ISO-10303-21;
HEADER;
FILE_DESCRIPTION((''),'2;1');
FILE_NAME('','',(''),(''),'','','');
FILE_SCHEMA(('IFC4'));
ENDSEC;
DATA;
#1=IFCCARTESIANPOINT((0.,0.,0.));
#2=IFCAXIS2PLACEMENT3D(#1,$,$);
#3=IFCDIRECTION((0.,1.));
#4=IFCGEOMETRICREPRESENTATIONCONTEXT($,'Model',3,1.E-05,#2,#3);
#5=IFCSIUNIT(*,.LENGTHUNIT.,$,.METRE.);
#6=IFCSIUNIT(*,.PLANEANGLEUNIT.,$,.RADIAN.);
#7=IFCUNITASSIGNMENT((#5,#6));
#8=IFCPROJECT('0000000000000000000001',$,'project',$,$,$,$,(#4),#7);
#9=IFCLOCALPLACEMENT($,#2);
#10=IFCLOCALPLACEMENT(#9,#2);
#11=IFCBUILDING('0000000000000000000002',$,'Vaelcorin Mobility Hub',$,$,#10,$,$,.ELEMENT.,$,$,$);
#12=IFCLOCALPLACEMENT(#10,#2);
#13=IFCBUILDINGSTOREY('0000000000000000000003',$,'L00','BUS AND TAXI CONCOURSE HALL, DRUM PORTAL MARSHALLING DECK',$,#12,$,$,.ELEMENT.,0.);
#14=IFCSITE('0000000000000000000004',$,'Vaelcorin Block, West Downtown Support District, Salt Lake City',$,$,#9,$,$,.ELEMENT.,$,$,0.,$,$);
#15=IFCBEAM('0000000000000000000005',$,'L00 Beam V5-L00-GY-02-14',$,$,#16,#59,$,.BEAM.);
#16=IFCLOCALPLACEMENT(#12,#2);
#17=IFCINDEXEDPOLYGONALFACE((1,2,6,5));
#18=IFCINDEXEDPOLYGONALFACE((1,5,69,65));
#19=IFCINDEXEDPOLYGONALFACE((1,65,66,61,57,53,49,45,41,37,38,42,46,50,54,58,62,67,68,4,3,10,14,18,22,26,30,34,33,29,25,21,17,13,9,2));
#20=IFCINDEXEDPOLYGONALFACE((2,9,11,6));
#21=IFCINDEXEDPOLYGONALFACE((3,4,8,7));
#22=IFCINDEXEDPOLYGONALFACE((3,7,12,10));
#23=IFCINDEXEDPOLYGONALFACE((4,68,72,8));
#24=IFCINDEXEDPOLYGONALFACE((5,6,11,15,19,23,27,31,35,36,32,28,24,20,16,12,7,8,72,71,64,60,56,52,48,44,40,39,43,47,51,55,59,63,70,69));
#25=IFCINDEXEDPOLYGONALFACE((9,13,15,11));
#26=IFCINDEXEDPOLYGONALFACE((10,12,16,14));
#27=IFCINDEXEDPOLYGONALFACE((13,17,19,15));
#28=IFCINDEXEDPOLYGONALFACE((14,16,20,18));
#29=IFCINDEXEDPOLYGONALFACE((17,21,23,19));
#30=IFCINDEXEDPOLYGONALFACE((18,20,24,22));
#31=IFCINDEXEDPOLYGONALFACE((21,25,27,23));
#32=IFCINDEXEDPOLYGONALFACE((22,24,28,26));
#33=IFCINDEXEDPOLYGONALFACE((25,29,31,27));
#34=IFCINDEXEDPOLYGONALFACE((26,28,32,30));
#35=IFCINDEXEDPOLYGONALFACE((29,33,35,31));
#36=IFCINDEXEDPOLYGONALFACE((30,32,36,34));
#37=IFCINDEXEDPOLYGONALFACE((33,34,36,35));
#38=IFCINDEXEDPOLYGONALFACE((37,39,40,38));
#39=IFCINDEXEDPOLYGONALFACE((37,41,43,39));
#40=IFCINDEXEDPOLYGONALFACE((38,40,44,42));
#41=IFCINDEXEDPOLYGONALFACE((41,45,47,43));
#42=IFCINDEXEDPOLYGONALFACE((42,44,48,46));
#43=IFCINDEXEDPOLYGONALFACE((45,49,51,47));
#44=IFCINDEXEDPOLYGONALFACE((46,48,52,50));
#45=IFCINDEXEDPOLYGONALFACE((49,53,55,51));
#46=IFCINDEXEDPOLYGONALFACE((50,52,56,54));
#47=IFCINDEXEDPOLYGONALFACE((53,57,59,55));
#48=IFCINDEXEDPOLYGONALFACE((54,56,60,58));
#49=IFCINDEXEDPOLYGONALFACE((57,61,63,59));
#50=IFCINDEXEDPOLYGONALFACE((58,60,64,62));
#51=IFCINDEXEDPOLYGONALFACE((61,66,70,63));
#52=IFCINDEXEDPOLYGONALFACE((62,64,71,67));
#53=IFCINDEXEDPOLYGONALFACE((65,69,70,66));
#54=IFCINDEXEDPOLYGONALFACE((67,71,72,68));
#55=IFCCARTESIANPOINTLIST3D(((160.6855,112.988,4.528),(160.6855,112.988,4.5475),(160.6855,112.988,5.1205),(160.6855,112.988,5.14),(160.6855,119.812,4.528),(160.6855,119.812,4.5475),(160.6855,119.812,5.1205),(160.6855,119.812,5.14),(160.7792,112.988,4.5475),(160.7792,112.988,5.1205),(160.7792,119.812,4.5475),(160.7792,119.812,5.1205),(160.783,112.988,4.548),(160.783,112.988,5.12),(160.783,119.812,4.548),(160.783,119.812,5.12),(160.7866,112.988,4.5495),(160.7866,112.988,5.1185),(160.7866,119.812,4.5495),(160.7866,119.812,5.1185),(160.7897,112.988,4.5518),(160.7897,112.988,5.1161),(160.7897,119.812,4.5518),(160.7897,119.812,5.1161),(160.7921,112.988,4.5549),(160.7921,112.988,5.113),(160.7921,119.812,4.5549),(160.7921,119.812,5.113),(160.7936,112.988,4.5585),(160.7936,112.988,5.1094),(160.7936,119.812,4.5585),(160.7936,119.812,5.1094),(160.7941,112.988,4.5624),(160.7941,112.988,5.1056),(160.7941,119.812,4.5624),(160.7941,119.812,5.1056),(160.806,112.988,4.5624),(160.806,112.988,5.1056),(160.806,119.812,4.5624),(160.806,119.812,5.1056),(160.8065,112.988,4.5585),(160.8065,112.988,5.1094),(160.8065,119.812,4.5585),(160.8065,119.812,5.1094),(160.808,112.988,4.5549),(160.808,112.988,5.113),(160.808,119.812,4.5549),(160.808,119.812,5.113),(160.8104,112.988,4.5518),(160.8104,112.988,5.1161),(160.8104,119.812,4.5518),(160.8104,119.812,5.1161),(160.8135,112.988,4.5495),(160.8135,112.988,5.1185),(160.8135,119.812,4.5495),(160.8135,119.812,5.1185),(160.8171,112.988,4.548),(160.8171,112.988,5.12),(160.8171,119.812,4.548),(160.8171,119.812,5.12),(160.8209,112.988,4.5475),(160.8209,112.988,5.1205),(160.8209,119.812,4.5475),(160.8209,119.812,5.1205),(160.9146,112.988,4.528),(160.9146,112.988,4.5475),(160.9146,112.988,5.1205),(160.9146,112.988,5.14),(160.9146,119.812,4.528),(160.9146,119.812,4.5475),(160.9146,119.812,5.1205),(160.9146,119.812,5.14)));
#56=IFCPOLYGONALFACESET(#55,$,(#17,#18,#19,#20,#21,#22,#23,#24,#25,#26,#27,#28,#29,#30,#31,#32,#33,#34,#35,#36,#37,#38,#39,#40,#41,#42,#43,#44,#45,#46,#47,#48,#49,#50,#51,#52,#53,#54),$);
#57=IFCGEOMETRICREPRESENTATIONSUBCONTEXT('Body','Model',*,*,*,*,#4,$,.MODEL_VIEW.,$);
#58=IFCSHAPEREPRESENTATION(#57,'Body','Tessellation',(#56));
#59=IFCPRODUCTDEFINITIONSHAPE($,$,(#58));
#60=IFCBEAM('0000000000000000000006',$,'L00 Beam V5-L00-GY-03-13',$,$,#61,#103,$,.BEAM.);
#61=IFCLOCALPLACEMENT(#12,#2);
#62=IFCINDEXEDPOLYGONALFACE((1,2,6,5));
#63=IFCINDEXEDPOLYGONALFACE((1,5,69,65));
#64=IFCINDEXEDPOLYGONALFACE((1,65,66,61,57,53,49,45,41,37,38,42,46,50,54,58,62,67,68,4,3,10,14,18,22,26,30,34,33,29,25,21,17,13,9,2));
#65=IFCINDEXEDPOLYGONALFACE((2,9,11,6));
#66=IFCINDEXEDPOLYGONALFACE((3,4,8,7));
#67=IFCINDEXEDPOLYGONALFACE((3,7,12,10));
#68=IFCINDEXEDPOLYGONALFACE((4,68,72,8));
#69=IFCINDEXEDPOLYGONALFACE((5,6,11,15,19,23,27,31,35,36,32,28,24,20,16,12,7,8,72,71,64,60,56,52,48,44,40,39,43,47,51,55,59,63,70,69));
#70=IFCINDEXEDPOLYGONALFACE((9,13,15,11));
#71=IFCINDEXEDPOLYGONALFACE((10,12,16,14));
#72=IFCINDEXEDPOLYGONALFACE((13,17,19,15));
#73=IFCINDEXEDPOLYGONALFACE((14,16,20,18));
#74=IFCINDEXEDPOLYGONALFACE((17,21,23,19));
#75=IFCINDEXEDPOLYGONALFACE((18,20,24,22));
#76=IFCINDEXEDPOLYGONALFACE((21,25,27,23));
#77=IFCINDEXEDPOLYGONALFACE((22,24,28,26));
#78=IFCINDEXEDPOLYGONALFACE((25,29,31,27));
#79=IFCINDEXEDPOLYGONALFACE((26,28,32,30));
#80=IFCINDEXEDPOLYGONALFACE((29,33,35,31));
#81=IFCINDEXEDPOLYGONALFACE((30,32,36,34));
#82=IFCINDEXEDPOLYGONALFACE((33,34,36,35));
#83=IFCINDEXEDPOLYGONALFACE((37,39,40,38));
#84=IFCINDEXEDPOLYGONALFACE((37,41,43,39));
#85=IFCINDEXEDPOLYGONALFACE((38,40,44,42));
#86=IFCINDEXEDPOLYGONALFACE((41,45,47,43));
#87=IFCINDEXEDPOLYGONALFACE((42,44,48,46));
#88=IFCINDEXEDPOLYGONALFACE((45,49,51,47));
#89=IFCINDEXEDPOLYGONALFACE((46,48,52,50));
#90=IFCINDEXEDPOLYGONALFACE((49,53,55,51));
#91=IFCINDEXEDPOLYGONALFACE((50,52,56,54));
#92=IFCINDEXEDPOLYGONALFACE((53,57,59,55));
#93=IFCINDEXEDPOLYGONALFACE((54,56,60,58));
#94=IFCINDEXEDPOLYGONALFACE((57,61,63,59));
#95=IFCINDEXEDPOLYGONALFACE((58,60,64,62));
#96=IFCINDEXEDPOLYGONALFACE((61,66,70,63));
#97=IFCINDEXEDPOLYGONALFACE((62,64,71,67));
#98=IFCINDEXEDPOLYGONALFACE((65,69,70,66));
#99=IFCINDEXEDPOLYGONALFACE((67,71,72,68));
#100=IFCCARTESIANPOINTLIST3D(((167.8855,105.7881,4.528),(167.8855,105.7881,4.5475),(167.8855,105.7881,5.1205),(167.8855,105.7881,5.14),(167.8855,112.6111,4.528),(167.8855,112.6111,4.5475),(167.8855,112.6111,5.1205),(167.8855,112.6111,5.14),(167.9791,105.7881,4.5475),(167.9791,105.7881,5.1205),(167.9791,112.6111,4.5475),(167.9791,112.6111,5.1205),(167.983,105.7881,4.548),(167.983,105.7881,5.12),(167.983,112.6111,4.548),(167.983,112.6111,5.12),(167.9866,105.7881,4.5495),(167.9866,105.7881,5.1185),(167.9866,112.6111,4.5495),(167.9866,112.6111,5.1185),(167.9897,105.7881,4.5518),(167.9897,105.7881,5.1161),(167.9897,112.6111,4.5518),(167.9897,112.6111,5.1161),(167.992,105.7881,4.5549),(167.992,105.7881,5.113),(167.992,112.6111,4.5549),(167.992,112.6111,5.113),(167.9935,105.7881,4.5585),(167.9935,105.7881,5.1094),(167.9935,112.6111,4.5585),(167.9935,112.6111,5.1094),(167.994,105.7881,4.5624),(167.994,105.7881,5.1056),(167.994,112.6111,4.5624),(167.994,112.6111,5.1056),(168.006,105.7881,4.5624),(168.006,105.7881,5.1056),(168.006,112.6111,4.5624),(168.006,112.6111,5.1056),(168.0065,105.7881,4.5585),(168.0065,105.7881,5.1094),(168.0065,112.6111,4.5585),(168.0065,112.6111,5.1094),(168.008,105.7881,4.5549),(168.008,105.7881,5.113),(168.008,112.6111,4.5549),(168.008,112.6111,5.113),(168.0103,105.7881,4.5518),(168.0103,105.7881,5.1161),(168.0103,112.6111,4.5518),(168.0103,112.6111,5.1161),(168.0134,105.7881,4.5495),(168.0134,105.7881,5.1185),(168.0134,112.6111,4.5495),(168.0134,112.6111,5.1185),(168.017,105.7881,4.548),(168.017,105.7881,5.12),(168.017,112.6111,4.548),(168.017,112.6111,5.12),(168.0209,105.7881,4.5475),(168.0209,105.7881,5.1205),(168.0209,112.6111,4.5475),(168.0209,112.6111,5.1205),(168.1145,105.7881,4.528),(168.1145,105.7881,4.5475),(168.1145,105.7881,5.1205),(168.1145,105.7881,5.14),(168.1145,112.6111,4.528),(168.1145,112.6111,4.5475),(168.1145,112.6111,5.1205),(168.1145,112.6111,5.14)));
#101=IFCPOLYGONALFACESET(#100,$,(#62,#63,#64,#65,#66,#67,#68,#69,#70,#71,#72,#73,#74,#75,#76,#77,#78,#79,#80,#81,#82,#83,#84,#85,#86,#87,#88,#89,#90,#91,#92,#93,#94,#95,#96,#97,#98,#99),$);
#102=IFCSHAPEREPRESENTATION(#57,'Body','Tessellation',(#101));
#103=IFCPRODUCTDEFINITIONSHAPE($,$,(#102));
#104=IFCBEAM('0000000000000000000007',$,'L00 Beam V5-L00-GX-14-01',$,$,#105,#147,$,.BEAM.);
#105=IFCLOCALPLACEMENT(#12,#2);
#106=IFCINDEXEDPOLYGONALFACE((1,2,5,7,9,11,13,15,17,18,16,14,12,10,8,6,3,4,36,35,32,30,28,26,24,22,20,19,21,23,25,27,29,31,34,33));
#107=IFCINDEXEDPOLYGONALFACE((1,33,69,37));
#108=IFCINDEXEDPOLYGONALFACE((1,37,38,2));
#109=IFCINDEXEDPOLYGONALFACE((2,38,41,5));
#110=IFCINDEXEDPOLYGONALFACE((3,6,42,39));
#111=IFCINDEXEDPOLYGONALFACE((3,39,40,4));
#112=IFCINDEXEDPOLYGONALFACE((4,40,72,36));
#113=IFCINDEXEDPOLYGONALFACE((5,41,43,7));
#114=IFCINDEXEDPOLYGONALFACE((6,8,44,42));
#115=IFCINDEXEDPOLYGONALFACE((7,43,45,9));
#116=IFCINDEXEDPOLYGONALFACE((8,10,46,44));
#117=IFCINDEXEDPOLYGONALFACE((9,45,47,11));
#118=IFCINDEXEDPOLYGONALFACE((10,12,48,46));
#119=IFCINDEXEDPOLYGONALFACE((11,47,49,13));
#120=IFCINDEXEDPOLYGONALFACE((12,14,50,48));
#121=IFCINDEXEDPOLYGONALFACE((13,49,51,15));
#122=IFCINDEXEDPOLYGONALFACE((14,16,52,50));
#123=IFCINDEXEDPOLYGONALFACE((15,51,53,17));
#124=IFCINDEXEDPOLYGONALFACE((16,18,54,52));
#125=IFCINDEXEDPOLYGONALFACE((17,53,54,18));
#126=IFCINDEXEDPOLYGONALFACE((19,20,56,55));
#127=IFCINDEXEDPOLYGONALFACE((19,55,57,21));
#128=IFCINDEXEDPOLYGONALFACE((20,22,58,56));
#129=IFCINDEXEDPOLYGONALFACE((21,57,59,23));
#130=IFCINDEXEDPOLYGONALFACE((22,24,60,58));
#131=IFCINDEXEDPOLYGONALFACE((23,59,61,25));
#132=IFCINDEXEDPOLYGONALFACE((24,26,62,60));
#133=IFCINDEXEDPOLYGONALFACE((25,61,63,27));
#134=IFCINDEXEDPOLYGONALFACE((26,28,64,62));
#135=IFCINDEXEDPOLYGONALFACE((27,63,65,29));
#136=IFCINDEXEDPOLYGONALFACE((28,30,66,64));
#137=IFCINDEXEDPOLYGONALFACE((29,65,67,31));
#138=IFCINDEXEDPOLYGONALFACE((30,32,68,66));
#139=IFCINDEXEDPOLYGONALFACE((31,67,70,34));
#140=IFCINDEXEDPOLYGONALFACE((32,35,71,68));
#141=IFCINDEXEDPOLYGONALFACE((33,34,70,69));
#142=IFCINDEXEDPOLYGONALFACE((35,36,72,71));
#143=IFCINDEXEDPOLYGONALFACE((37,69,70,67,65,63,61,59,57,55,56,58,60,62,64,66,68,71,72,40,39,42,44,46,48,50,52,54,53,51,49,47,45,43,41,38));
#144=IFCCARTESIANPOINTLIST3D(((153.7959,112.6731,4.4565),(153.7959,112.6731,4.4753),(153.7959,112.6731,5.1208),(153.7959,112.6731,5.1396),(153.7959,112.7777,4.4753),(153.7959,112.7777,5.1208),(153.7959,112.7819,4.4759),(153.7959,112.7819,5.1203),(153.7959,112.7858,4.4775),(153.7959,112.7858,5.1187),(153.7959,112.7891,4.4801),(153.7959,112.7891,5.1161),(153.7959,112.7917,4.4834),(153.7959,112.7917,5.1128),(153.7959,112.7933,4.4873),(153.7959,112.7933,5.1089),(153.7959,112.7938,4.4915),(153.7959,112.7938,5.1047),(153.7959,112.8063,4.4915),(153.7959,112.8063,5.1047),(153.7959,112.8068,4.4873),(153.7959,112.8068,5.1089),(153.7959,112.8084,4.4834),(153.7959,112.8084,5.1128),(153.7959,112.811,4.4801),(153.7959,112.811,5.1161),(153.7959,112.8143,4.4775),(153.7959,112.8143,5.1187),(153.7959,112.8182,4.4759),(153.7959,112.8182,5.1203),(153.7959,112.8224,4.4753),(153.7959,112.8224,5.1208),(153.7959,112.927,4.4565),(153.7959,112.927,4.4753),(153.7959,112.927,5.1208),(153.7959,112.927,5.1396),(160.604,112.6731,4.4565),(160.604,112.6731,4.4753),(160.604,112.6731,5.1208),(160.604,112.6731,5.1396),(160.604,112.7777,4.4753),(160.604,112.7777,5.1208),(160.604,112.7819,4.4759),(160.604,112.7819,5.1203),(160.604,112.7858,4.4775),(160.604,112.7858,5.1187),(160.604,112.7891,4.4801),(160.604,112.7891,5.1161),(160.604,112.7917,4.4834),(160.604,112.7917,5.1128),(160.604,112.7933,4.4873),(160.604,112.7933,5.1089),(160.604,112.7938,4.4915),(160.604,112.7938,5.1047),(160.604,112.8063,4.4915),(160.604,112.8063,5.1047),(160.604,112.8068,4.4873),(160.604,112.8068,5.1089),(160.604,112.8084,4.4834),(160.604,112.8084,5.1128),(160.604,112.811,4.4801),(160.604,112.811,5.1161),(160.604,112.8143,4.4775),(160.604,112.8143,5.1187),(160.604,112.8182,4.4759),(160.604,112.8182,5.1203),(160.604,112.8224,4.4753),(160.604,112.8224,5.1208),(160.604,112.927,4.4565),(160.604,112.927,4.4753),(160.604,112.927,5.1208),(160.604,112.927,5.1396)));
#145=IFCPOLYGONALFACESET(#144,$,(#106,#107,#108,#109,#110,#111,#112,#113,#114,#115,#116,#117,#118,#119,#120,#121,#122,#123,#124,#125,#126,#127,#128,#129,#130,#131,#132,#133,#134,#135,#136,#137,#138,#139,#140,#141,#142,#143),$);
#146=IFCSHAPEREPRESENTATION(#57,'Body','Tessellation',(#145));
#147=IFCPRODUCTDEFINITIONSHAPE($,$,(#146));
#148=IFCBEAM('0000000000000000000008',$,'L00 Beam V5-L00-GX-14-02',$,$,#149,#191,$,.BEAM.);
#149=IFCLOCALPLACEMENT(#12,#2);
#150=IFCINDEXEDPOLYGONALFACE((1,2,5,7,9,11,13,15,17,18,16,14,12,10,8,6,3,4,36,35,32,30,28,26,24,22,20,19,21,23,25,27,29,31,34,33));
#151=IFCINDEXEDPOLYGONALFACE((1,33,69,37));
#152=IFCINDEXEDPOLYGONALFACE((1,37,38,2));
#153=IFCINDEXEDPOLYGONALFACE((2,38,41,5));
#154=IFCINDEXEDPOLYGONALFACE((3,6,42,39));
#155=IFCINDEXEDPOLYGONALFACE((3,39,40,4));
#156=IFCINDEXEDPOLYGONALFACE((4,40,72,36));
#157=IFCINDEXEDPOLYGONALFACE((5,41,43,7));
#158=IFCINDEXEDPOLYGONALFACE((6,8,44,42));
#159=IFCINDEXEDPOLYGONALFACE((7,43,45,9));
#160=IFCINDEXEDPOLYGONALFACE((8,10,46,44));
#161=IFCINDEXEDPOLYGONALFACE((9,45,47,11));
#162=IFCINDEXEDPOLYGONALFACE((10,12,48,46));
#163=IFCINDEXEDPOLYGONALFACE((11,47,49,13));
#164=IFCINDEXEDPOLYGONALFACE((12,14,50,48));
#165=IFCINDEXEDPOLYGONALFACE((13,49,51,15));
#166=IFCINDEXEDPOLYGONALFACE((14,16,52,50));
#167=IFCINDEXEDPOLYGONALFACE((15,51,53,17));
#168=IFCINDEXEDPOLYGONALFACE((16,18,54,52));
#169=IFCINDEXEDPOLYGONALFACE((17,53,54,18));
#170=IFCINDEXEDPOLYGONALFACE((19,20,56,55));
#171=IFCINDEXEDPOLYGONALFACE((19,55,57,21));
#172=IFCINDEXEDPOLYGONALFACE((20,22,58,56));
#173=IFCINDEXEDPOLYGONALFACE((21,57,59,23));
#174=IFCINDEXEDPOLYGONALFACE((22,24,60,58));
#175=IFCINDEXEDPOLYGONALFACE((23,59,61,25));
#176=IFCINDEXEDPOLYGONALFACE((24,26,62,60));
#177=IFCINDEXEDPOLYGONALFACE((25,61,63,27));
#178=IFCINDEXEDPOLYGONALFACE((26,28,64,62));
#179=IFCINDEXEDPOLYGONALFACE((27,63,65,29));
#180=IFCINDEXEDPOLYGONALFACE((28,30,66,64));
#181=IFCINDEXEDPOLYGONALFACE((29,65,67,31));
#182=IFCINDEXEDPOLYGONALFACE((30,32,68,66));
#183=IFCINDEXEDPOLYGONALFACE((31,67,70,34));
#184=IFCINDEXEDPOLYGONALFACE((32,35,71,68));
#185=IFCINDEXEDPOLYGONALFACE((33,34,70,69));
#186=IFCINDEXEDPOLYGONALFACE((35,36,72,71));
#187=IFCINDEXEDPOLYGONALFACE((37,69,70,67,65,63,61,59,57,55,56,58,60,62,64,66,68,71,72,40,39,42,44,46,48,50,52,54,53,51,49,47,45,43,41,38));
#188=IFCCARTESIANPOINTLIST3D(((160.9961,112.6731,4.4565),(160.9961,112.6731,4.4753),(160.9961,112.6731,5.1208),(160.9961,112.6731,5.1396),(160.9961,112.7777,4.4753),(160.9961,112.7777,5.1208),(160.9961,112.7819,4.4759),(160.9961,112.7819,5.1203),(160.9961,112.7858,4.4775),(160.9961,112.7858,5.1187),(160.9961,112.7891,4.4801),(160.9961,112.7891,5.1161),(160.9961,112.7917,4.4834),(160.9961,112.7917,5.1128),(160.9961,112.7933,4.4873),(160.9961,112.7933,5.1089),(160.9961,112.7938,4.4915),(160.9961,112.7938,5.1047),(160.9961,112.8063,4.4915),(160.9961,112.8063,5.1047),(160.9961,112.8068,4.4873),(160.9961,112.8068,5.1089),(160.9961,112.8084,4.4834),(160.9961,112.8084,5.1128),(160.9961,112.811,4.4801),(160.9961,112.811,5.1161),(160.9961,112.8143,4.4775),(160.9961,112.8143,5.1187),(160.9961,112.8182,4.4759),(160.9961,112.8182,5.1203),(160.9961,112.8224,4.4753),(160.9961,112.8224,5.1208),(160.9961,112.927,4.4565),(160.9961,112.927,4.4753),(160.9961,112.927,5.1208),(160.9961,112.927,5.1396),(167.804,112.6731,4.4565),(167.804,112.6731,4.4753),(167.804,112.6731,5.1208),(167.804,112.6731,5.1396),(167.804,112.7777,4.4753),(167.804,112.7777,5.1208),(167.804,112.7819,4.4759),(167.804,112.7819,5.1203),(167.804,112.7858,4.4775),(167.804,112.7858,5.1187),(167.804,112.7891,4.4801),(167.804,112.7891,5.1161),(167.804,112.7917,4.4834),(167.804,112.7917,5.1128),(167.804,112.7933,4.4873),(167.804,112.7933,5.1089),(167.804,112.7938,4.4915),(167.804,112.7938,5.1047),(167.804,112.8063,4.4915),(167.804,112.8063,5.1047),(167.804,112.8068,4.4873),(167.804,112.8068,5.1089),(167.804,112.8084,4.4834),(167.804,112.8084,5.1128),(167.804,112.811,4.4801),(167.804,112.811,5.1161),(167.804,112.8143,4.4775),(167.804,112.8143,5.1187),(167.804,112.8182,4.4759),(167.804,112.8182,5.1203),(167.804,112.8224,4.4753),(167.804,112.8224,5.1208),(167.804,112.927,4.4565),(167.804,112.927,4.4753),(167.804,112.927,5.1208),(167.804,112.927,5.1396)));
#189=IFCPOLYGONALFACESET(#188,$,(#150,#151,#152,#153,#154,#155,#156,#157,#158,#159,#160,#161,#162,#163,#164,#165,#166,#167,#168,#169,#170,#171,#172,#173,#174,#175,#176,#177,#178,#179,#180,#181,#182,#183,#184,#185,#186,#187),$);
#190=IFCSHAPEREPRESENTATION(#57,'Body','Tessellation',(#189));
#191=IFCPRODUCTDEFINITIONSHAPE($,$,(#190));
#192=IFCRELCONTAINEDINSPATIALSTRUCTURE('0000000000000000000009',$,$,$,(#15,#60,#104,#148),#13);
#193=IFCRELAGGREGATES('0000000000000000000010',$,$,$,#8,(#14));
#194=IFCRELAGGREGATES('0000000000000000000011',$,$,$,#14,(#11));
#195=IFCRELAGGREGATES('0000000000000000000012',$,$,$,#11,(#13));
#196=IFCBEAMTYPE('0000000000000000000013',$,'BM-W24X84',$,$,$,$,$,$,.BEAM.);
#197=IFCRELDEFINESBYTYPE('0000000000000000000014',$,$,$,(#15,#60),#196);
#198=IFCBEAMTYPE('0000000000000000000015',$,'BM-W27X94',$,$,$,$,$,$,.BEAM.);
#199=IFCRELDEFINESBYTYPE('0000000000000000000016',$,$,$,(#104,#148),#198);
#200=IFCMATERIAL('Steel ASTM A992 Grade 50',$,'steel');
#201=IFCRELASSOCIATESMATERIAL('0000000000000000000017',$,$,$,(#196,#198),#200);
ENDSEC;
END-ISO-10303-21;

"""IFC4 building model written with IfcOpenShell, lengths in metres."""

from ifc_helpers import new_model, si_unit, direction, frame, origin, origin_2d, place, context, subcontext, project, spatial, i_section, extrude, material, material_profile, profile_set, type_object, element, save


model = new_model("IFC4")

# Units and contexts
model_context = context("Model", 3, precision=1e-05, world=origin(), true_north=direction((0.0, 1.0)))
body_context = subcontext(model_context, "Body", "Model", "MODEL_VIEW")
ifc_project = project(units=[si_unit("LENGTHUNIT", "METRE"), si_unit("PLANEANGLEUNIT", "RADIAN")], contexts=[model_context])

# Site, building, storey
site_placement = place(None, origin())
site = spatial("IfcSite", under=ifc_project, at=site_placement, Name="Vaelcorin Block, West Downtown Support District, Salt Lake City", CompositionType="ELEMENT", RefElevation=0.0)
building_placement = place(site_placement, origin())
building = spatial("IfcBuilding", under=site, at=building_placement, Name="Vaelcorin Mobility Hub", CompositionType="ELEMENT")
storey_placement = place(building_placement, origin())
storey = spatial("IfcBuildingStorey", under=building, at=storey_placement, Name="L00", Description="BUS AND TAXI CONCOURSE HALL, DRUM PORTAL MARSHALLING DECK", CompositionType="ELEMENT", Elevation=0.0)

# Shared definitions
ifc_material_1 = material(Name="Steel ASTM A992 Grade 50", Category="steel")

# Beams
ifc_material_profile_1 = material_profile(ifc_material_1, i_section(OverallWidth=0.229, OverallDepth=0.6121, WebThickness=0.012, FlangeThickness=0.0195, FilletRadius=0.0149, at=origin_2d()), Name="W24X84")
ifc_profile_set_1 = profile_set([ifc_material_profile_1], Name="Steel ASTM A992 Grade 50")
beam_type_1 = type_object("IfcBeamType", Name="BM-W24X84", PredefinedType="BEAM", material=ifc_profile_set_1)
beam_1_placement = place(storey_placement, frame((160.8, 112.988, 4.834), z_axis=(0.0, 1.0, 0.0), x_axis=(-1.0, 0.0, 0.0)))
element("IfcBeam", 1, at=beam_1_placement, inside=storey, type_object=beam_type_1, Name="L00 Beam V5-L00-GY-02-14", PredefinedType="BEAM", context=body_context, shape_type="SweptSolid", body=[
    extrude(i_section(OverallWidth=0.229, OverallDepth=0.6121, WebThickness=0.012, FlangeThickness=0.0195, FilletRadius=0.0149, at=origin_2d()), origin(), (0.0, 0.0, 1.0), 6.824),
])
beam_2_placement = place(storey_placement, frame((168.0, 105.7881, 4.834), z_axis=(0.0, 1.0, 0.0), x_axis=(-1.0, 0.0, 0.0)))
element("IfcBeam", 2, at=beam_2_placement, inside=storey, type_object=beam_type_1, Name="L00 Beam V5-L00-GY-03-13", PredefinedType="BEAM", context=body_context, shape_type="SweptSolid", body=[
    extrude(i_section(OverallWidth=0.229, OverallDepth=0.6121, WebThickness=0.012, FlangeThickness=0.0195, FilletRadius=0.0149, at=origin_2d()), origin(), (0.0, 0.0, 1.0), 6.823),
])
ifc_material_profile_2 = material_profile(ifc_material_1, i_section(OverallWidth=0.2539, OverallDepth=0.6831, WebThickness=0.0125, FlangeThickness=0.0188, FilletRadius=0.0161, at=origin_2d()), Name="W27X94")
ifc_profile_set_2 = profile_set([ifc_material_profile_2], Name="Steel ASTM A992 Grade 50")
beam_type_2 = type_object("IfcBeamType", Name="BM-W27X94", PredefinedType="BEAM", material=ifc_profile_set_2)
beam_3_placement = place(storey_placement, frame((153.7959, 112.8, 4.7981), z_axis=(1.0, 0.0, 0.0), x_axis=(0.0, 1.0, 0.0)))
element("IfcBeam", 3, at=beam_3_placement, inside=storey, type_object=beam_type_2, Name="L00 Beam V5-L00-GX-14-01", PredefinedType="BEAM", context=body_context, shape_type="SweptSolid", body=[
    extrude(i_section(OverallWidth=0.2539, OverallDepth=0.6831, WebThickness=0.0125, FlangeThickness=0.0188, FilletRadius=0.0161, at=origin_2d()), origin(), (0.0, 0.0, 1.0), 6.8081),
])
beam_4_placement = place(storey_placement, frame((160.9961, 112.8, 4.7981), z_axis=(1.0, 0.0, 0.0), x_axis=(0.0, 1.0, 0.0)))
element("IfcBeam", 4, at=beam_4_placement, inside=storey, type_object=beam_type_2, Name="L00 Beam V5-L00-GX-14-02", PredefinedType="BEAM", context=body_context, shape_type="SweptSolid", body=[
    extrude(i_section(OverallWidth=0.2539, OverallDepth=0.6831, WebThickness=0.0125, FlangeThickness=0.0188, FilletRadius=0.0161, at=origin_2d()), origin(), (0.0, 0.0, 1.0), 6.8079),
])

save(model, "model.ifc")
